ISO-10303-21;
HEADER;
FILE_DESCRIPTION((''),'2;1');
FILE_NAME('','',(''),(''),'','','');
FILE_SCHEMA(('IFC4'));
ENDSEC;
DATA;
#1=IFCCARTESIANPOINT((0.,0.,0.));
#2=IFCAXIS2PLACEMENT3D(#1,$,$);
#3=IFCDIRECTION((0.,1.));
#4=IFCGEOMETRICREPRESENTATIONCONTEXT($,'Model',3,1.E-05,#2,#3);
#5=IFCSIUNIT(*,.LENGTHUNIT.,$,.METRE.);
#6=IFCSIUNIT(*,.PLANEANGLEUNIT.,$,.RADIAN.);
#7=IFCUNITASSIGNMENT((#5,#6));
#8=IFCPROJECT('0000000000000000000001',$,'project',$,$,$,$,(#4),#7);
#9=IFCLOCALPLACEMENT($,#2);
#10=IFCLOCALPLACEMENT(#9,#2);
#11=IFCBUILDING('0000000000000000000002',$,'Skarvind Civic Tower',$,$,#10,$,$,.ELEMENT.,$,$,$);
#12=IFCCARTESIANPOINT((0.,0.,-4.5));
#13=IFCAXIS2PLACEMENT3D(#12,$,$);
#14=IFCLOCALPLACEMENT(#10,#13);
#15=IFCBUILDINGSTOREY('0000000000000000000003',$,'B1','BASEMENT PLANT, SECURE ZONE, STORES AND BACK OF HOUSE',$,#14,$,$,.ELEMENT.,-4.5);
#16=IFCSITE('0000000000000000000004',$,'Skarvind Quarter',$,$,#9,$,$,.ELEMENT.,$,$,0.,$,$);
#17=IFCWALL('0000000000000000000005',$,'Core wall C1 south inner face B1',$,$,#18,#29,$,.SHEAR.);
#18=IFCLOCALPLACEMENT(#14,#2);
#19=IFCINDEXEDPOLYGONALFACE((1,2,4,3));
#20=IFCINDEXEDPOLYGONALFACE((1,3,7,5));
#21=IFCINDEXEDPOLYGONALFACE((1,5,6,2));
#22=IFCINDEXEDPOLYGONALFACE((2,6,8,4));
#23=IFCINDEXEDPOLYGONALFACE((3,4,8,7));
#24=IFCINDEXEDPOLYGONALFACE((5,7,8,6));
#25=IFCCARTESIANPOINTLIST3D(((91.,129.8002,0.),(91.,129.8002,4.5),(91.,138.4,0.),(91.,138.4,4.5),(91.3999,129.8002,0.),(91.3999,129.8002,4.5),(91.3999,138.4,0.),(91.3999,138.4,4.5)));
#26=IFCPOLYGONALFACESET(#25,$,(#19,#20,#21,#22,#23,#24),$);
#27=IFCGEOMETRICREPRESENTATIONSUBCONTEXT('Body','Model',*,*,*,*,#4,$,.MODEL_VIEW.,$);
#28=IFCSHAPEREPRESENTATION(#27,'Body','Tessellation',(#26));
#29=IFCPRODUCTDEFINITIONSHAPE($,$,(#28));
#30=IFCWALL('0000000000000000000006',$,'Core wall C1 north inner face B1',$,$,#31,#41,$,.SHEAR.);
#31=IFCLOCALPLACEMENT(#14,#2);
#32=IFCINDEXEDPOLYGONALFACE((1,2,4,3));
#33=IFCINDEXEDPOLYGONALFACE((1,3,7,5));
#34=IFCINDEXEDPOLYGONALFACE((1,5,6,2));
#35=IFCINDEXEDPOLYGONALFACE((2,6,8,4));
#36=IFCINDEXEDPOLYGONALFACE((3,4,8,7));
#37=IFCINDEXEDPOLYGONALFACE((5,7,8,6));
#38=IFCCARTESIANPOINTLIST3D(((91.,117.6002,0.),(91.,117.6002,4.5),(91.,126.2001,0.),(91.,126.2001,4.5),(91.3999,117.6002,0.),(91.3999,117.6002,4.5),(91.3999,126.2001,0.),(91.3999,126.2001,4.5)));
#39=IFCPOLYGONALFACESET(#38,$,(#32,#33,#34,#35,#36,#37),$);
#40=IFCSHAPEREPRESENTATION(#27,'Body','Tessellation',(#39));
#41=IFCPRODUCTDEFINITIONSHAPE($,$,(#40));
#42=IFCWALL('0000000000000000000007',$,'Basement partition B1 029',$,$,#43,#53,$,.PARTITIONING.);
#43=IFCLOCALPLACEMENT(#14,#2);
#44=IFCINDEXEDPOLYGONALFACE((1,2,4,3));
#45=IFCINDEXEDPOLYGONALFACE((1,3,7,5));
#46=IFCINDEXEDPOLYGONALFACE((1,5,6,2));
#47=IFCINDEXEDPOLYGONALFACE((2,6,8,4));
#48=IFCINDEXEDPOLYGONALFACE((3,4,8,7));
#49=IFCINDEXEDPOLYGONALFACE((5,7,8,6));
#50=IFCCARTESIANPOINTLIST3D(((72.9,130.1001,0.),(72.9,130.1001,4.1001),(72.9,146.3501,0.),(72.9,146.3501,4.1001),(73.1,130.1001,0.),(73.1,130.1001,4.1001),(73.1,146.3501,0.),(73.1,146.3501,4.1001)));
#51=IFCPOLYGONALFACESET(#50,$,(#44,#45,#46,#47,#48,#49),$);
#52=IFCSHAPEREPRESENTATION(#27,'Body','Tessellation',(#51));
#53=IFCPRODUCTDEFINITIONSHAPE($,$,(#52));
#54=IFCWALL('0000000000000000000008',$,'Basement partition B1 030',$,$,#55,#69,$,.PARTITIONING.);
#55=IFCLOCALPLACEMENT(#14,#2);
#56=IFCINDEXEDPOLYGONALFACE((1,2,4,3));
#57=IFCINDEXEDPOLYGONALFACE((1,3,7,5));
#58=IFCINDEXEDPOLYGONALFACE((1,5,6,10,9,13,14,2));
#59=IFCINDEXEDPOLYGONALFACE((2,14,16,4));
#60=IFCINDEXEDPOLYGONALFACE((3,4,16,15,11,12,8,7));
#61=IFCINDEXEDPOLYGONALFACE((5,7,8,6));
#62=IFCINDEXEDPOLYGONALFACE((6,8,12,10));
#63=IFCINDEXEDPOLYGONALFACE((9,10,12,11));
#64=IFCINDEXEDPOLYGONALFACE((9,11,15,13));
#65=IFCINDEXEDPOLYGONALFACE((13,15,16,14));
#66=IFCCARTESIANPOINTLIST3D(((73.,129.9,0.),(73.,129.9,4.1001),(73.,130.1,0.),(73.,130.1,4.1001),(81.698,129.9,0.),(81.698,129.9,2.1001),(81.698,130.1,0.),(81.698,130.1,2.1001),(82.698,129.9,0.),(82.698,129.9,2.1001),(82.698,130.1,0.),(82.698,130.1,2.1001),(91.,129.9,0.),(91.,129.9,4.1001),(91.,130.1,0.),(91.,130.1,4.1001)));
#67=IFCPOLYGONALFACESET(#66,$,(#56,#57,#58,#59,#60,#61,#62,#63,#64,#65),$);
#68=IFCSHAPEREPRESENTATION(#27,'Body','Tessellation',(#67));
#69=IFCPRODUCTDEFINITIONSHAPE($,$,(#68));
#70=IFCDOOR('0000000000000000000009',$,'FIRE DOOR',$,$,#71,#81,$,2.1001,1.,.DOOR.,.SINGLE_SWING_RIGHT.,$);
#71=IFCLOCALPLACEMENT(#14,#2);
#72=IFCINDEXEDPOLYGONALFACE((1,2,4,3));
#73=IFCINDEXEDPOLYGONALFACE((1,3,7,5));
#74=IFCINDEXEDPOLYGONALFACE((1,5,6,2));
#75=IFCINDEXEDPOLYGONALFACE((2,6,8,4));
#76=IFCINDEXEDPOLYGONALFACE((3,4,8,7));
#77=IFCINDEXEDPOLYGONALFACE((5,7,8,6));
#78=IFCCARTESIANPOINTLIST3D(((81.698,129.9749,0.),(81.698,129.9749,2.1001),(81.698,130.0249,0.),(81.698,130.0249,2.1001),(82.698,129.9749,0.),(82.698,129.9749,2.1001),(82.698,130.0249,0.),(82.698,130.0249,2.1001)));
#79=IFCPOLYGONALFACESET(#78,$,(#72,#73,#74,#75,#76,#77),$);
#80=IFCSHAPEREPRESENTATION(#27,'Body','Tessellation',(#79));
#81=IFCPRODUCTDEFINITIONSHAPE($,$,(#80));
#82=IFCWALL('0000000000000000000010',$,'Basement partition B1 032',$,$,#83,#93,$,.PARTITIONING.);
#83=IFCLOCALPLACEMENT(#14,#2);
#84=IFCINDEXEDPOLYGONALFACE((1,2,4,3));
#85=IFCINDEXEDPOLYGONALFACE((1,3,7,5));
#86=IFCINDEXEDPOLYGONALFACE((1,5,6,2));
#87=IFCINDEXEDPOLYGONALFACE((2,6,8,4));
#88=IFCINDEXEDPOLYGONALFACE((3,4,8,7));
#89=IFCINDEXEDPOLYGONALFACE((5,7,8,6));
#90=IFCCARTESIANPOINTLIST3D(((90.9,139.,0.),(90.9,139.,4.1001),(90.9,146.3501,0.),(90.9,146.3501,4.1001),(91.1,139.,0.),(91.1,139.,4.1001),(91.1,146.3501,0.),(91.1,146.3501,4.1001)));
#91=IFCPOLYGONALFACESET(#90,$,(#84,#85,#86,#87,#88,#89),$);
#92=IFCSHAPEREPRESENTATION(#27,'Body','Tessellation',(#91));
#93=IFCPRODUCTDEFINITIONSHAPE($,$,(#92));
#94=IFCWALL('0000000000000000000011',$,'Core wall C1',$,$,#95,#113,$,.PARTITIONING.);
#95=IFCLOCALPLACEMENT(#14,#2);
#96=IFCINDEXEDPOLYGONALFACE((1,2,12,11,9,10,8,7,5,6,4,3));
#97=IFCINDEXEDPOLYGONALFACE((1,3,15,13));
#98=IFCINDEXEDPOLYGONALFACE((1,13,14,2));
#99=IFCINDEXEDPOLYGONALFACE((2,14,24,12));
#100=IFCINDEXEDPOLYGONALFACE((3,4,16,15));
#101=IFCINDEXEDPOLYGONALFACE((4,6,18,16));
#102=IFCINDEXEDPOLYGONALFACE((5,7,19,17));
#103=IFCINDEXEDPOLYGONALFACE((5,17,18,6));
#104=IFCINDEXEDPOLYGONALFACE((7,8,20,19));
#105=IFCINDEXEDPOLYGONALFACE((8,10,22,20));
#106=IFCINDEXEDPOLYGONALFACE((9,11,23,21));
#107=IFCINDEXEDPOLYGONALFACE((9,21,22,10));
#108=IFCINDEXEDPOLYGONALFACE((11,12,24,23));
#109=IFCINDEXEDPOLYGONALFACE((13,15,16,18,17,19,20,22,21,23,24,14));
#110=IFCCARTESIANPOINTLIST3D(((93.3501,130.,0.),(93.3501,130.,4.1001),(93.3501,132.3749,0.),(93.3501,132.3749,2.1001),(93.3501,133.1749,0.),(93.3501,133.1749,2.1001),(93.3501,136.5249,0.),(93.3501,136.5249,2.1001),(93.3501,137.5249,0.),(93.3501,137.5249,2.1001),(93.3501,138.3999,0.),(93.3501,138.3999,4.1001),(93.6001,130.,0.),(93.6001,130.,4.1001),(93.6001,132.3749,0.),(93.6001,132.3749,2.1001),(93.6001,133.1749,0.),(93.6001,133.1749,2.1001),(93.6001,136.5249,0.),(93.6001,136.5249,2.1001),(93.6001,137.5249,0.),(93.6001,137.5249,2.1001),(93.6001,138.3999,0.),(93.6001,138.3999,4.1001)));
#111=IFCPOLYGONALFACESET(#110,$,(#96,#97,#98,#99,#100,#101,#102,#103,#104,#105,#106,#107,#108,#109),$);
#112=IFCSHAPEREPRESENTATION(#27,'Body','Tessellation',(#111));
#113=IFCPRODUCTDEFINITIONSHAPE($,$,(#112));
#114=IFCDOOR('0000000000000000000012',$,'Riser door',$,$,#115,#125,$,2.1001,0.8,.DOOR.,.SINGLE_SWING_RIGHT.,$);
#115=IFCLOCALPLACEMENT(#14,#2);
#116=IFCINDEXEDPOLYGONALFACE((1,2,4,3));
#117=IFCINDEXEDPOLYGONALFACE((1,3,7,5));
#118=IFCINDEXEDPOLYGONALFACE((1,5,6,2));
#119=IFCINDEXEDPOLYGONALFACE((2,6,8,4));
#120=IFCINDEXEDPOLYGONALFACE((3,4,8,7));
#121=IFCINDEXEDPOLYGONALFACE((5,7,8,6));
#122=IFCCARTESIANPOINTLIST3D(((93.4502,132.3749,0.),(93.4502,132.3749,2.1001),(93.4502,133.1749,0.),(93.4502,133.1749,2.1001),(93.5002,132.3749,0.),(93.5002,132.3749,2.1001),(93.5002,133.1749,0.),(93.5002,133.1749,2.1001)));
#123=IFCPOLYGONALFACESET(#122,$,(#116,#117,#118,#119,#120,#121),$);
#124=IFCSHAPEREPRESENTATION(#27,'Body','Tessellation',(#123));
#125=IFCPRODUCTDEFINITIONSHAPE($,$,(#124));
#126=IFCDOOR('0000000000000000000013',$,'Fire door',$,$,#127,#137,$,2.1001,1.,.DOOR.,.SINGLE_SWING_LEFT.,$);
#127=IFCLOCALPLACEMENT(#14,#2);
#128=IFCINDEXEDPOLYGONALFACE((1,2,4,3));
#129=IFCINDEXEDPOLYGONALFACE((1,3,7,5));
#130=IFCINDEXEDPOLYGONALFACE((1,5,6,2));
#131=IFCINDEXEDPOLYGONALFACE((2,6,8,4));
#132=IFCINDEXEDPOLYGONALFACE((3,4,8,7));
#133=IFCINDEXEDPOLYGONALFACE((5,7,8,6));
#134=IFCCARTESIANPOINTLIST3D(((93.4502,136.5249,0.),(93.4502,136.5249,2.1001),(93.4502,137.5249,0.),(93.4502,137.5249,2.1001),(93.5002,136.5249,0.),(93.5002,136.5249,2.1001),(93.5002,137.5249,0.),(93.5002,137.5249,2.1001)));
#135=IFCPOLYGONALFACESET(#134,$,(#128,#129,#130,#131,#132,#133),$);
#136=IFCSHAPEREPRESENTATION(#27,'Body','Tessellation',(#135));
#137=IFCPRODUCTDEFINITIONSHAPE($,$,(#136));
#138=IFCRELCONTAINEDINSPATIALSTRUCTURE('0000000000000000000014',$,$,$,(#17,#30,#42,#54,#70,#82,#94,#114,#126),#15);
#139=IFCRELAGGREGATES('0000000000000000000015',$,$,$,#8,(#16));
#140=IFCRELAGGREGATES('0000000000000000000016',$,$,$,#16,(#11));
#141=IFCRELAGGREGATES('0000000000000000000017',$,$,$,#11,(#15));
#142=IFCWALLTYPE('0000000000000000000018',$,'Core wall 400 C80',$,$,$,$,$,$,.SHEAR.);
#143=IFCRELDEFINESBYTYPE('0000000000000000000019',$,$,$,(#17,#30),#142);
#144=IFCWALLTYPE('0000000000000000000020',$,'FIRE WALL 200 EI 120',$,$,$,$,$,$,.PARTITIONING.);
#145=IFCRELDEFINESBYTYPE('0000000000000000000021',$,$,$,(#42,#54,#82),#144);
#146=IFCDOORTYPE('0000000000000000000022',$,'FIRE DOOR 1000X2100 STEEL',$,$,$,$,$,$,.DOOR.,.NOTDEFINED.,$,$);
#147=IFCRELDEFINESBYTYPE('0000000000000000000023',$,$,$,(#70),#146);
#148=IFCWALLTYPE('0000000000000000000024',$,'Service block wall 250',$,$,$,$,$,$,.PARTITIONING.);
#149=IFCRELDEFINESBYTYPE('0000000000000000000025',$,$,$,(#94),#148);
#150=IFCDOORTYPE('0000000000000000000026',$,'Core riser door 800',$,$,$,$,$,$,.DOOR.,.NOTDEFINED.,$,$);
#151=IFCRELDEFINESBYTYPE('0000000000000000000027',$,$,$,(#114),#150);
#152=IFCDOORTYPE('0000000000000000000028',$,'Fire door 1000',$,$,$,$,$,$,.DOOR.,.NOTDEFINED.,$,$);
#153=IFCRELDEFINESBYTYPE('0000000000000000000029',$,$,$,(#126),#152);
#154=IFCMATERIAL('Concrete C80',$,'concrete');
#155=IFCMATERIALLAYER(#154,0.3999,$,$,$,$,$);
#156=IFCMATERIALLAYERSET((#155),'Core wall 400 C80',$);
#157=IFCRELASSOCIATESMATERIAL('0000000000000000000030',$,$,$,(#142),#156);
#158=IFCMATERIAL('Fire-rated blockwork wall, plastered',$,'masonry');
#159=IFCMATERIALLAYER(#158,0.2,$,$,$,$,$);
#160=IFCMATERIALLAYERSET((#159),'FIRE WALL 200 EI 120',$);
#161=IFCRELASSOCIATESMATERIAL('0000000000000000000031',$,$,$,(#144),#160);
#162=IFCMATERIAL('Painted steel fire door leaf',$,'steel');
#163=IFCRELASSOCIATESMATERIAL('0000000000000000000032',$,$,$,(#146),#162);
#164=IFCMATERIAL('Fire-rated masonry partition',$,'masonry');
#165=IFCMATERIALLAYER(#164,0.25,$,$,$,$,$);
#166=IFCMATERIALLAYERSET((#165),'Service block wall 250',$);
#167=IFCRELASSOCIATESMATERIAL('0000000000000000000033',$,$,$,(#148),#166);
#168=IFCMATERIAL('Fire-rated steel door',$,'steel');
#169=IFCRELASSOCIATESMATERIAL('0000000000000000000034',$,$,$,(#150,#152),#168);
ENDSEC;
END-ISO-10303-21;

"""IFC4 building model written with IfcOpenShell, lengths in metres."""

from ifc_helpers import new_model, si_unit, direction, frame, frame_2d, origin, place, context, subcontext, project, spatial, rectangle, extrude, material, layer, layer_set, type_object, element, fill, save


model = new_model("IFC4")

# Units and contexts
model_context = context("Model", 3, precision=1e-05, world=origin(), true_north=direction((0.0, 1.0)))
body_context = subcontext(model_context, "Body", "Model", "MODEL_VIEW")
ifc_project = project(units=[si_unit("LENGTHUNIT", "METRE"), si_unit("PLANEANGLEUNIT", "RADIAN")], contexts=[model_context])

# Site, building, storey
site_placement = place(None, origin())
site = spatial("IfcSite", under=ifc_project, at=site_placement, Name="Skarvind Quarter", CompositionType="ELEMENT", RefElevation=0.0)
building_placement = place(site_placement, origin())
building = spatial("IfcBuilding", under=site, at=building_placement, Name="Skarvind Civic Tower", CompositionType="ELEMENT")
storey_placement = place(building_placement, frame((0.0, 0.0, -4.5)))
storey = spatial("IfcBuildingStorey", under=building, at=storey_placement, Name="B1", Description="BASEMENT PLANT, SECURE ZONE, STORES AND BACK OF HOUSE", CompositionType="ELEMENT", Elevation=-4.5)

# Shared definitions
ifc_material_1 = material(Name="Concrete C80", Category="concrete")

# Shared definitions
ifc_material_2 = material(Name="Fire-rated masonry partition", Category="masonry")
ifc_material_3 = material(Name="Fire-rated steel door", Category="steel")

# Walls
ifc_layer_1 = layer(ifc_material_1, 0.3999)
ifc_layer_set_1 = layer_set([ifc_layer_1], Name="Core wall 400 C80")
wall_type_1 = type_object("IfcWallType", Name="Core wall 400 C80", PredefinedType="SHEAR", material=ifc_layer_set_1)
for number, where, z_axis, x_axis, name in (
    (1, (91.2, 138.3999, 0.0), (0.0, 0.0, 1.0), (0.0, -1.0, 0.0), "Core wall C1 south inner face B1"),
    (2, (91.2, 126.2, 0.0), (0.0, 0.0, 1.0), (0.0, -1.0, 0.0), "Core wall C1 north inner face B1"),
):
    element("IfcWall", number, at=place(storey_placement, frame(where, z_axis=z_axis, x_axis=x_axis)), inside=storey, type_object=wall_type_1, Name=name, PredefinedType="SHEAR", context=body_context, shape_type="SweptSolid", body=[
        extrude(rectangle(XDim=8.5999, YDim=0.3999, at=frame_2d((4.2998, 0.0))), origin(), (0.0, 0.0, 1.0), 4.5),
    ])
ifc_material_4 = material(Name="Fire-rated blockwork wall, plastered", Category="masonry")
ifc_layer_2 = layer(ifc_material_4, 0.2)
ifc_layer_set_2 = layer_set([ifc_layer_2], Name="FIRE WALL 200 EI 120")
wall_type_2 = type_object("IfcWallType", Name="FIRE WALL 200 EI 120", PredefinedType="PARTITIONING", material=ifc_layer_set_2)
wall_1_placement = place(storey_placement, frame((73.0, 130.1001, 0.0), z_axis=(0.0, 0.0, 1.0), x_axis=(0.0, 1.0, 0.0)))
element("IfcWall", 3, at=wall_1_placement, inside=storey, type_object=wall_type_2, Name="Basement partition B1 029", PredefinedType="PARTITIONING", context=body_context, shape_type="SweptSolid", body=[
    extrude(rectangle(XDim=16.25, YDim=0.2, at=frame_2d((8.125, 0.0))), origin(), (0.0, 0.0, 1.0), 4.1001),
])

# Wall, opening, door
wall_2_placement = place(storey_placement, frame((73.0, 130.0, 0.0), z_axis=(0.0, 0.0, 1.0), x_axis=(1.0, 0.0, 0.0)))
wall_2 = element("IfcWall", 4, at=wall_2_placement, inside=storey, type_object=wall_type_2, Name="Basement partition B1 030", PredefinedType="PARTITIONING", context=body_context, shape_type="SweptSolid", body=[
    extrude(rectangle(XDim=18.0, YDim=0.2, at=frame_2d((9.0, 0.0))), origin(), (0.0, 0.0, 1.0), 4.1001),
])
opening_1_placement = place(wall_2_placement, frame((8.698, 0.0, 0.0)))
opening_1 = element("IfcOpeningElement", 5, at=opening_1_placement, cuts=wall_2, PredefinedType="OPENING", context=body_context, shape_type="SweptSolid", body=[
    extrude(rectangle(XDim=1.0, YDim=2.1001, at=frame_2d((0.5, 1.05))), frame((0.0, 0.1099, 0.0), z_axis=(0.0, -1.0, 0.0), x_axis=(1.0, 0.0, 0.0)), (0.0, 0.0, 1.0), 0.22),
])
ifc_material_5 = material(Name="Painted steel fire door leaf", Category="steel")
door_type_1 = type_object("IfcDoorType", Name="FIRE DOOR 1000X2100 STEEL", OperationType="NOTDEFINED", PredefinedType="DOOR", material=ifc_material_5)
door_1_placement = place(opening_1_placement, origin())
door_1 = element("IfcDoor", 6, at=door_1_placement, inside=storey, type_object=door_type_1, Name="FIRE DOOR", OperationType="SINGLE_SWING_RIGHT", OverallHeight=2.1001, OverallWidth=1.0, PredefinedType="DOOR", context=body_context, shape_type="SweptSolid", body=[
    extrude(rectangle(XDim=1.0, YDim=2.1001, at=frame_2d((0.5, 1.05))), frame((0.0, 0.0249, 0.0), z_axis=(0.0, -1.0, 0.0), x_axis=(1.0, 0.0, 0.0)), (0.0, 0.0, 1.0), 0.05),
])
fill(opening_1, door_1)

# Wall
wall_3_placement = place(storey_placement, frame((91.0, 139.0, 0.0), z_axis=(0.0, 0.0, 1.0), x_axis=(0.0, 1.0, 0.0)))
element("IfcWall", 7, at=wall_3_placement, inside=storey, type_object=wall_type_2, Name="Basement partition B1 032", PredefinedType="PARTITIONING", context=body_context, shape_type="SweptSolid", body=[
    extrude(rectangle(XDim=7.3501, YDim=0.2, at=frame_2d((3.675, 0.0))), origin(), (0.0, 0.0, 1.0), 4.1001),
])

# Wall, openings, doors
ifc_layer_3 = layer(ifc_material_2, 0.25)
ifc_layer_set_3 = layer_set([ifc_layer_3], Name="Service block wall 250")
wall_type_3 = type_object("IfcWallType", Name="Service block wall 250", PredefinedType="PARTITIONING", material=ifc_layer_set_3)
wall_4_placement = place(storey_placement, frame((93.4751, 130.0, 0.0), z_axis=(0.0, 0.0, 1.0), x_axis=(0.0, 1.0, 0.0)))
wall_4 = element("IfcWall", 8, at=wall_4_placement, inside=storey, type_object=wall_type_3, Name="Core wall C1", PredefinedType="PARTITIONING", context=body_context, shape_type="SweptSolid", body=[
    extrude(rectangle(XDim=8.3999, YDim=0.25, at=frame_2d((4.2, 0.0))), origin(), (0.0, 0.0, 1.0), 4.1001),
])
opening_2_placement = place(wall_4_placement, frame((2.375, 0.0, 0.0)))
opening_2 = element("IfcOpeningElement", 9, at=opening_2_placement, cuts=wall_4, PredefinedType="OPENING", context=body_context, shape_type="SweptSolid", body=[
    extrude(rectangle(XDim=0.8, YDim=2.1001, at=frame_2d((0.3999, 1.05))), frame((0.0, 0.135, 0.0), z_axis=(0.0, -1.0, 0.0), x_axis=(1.0, 0.0, 0.0)), (0.0, 0.0, 1.0), 0.27),
])
opening_3_placement = place(wall_4_placement, frame((6.5249, 0.0, 0.0)))
opening_3 = element("IfcOpeningElement", 10, at=opening_3_placement, cuts=wall_4, PredefinedType="OPENING", context=body_context, shape_type="SweptSolid", body=[
    extrude(rectangle(XDim=1.0, YDim=2.1001, at=frame_2d((0.5, 1.05))), frame((0.0, 0.135, 0.0), z_axis=(0.0, -1.0, 0.0), x_axis=(1.0, 0.0, 0.0)), (0.0, 0.0, 1.0), 0.27),
])
door_type_2 = type_object("IfcDoorType", Name="Core riser door 800", OperationType="NOTDEFINED", PredefinedType="DOOR", material=ifc_material_3)
door_2_placement = place(opening_2_placement, origin())
door_2 = element("IfcDoor", 11, at=door_2_placement, inside=storey, type_object=door_type_2, Name="Riser door", OperationType="SINGLE_SWING_RIGHT", OverallHeight=2.1001, OverallWidth=0.8, PredefinedType="DOOR", context=body_context, shape_type="SweptSolid", body=[
    extrude(rectangle(XDim=0.8, YDim=2.1001, at=frame_2d((0.3999, 1.05))), frame((0.0, 0.0249, 0.0), z_axis=(0.0, -1.0, 0.0), x_axis=(1.0, 0.0, 0.0)), (0.0, 0.0, 1.0), 0.05),
])
fill(opening_2, door_2)
door_type_3 = type_object("IfcDoorType", Name="Fire door 1000", OperationType="NOTDEFINED", PredefinedType="DOOR", material=ifc_material_3)
door_3_placement = place(opening_3_placement, origin())
door_3 = element("IfcDoor", 12, at=door_3_placement, inside=storey, type_object=door_type_3, Name="Fire door", OperationType="SINGLE_SWING_LEFT", OverallHeight=2.1001, OverallWidth=1.0, PredefinedType="DOOR", context=body_context, shape_type="SweptSolid", body=[
    extrude(rectangle(XDim=1.0, YDim=2.1001, at=frame_2d((0.5, 1.05))), frame((0.0, 0.0249, 0.0), z_axis=(0.0, -1.0, 0.0), x_axis=(1.0, 0.0, 0.0)), (0.0, 0.0, 1.0), 0.05),
])
fill(opening_3, door_3)

save(model, "model.ifc")
